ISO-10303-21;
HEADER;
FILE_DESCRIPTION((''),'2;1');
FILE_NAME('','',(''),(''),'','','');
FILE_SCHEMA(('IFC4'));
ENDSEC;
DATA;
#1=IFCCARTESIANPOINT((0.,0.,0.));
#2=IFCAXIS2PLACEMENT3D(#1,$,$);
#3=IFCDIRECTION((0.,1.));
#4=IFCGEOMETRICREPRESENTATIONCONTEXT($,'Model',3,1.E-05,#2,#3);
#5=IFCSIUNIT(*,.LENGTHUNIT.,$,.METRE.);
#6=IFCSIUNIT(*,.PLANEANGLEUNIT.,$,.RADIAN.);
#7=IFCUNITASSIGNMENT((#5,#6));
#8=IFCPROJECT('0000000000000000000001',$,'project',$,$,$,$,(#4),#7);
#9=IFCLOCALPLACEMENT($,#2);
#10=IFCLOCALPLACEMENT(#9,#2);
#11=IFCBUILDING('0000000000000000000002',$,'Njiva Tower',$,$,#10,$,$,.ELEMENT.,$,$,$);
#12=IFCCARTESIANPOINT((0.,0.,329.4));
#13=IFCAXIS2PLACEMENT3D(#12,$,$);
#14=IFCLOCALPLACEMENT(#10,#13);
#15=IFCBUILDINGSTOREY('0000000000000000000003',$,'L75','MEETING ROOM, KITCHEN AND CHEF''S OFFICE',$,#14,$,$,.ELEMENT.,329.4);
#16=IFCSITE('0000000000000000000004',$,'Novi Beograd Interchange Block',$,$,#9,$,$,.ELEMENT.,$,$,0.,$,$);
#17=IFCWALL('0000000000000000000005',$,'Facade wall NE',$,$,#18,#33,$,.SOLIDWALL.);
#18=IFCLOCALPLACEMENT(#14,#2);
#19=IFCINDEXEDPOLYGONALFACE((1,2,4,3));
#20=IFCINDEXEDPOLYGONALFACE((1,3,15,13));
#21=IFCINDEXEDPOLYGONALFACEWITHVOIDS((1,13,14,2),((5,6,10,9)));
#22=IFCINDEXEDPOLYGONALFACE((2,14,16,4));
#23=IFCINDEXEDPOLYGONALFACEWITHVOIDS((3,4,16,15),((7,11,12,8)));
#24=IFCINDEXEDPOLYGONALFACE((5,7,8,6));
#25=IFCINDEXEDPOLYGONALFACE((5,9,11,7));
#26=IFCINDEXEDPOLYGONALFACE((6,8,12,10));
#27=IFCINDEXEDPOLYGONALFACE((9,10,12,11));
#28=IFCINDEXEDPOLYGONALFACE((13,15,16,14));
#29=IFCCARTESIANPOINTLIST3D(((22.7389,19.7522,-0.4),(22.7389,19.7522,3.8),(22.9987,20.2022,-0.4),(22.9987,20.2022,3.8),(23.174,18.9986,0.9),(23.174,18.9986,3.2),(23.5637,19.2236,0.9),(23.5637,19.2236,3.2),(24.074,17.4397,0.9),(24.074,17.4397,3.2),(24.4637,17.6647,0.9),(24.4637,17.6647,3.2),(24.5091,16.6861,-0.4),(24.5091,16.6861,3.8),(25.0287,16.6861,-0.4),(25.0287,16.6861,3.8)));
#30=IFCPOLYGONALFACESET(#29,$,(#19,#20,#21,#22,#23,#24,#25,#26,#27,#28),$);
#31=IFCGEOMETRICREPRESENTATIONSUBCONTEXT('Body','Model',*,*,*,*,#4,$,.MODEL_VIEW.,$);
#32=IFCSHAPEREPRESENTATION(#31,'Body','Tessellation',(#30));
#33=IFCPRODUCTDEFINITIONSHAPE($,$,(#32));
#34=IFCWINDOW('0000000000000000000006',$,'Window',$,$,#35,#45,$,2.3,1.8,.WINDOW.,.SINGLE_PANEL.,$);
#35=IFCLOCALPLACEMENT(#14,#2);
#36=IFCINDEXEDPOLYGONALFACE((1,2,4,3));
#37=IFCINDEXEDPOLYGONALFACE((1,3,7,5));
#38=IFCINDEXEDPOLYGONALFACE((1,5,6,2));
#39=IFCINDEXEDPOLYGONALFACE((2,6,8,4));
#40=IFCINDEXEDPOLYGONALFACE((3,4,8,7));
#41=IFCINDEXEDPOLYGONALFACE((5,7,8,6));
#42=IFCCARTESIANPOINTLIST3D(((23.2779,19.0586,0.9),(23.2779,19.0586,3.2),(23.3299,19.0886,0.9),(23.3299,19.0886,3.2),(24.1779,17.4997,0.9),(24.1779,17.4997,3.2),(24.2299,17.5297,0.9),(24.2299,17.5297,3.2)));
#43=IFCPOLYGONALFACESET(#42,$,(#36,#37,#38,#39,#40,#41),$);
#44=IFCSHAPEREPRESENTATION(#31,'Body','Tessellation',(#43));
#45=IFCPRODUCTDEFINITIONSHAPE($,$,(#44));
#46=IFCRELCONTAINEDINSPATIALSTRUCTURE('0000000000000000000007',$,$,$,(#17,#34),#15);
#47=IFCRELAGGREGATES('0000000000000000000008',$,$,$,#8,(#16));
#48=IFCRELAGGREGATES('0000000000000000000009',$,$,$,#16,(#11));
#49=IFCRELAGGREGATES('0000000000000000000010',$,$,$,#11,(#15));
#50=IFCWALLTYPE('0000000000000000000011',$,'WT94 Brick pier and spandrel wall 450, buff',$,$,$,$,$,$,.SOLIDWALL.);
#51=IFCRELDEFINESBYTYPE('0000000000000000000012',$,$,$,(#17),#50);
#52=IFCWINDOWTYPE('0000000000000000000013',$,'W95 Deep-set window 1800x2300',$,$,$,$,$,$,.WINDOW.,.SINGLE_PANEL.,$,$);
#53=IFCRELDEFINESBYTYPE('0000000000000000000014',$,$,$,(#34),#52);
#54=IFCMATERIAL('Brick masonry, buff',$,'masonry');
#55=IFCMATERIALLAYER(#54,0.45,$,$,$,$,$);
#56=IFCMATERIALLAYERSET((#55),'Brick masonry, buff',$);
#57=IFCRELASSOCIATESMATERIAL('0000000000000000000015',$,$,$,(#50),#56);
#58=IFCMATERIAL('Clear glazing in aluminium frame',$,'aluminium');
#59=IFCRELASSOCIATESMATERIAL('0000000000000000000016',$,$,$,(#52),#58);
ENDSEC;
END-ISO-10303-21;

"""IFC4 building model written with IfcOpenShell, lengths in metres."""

from ifc_helpers import new_model, si_unit, direction, frame, frame_2d, origin, place, context, subcontext, project, spatial, polyline, rectangle, outline, extrude, material, layer, layer_set, type_object, element, fill, save


model = new_model("IFC4")

# Units and contexts
model_context = context("Model", 3, precision=1e-05, world=origin(), true_north=direction((0.0, 1.0)))
body_context = subcontext(model_context, "Body", "Model", "MODEL_VIEW")
ifc_project = project(units=[si_unit("LENGTHUNIT", "METRE"), si_unit("PLANEANGLEUNIT", "RADIAN")], contexts=[model_context])

# Site, building, storey
site_placement = place(None, origin())
site = spatial("IfcSite", under=ifc_project, at=site_placement, Name="Novi Beograd Interchange Block", CompositionType="ELEMENT", RefElevation=0.0)
building_placement = place(site_placement, origin())
building = spatial("IfcBuilding", under=site, at=building_placement, Name="Njiva Tower", CompositionType="ELEMENT")
storey_placement = place(building_placement, frame((0.0, 0.0, 329.4)))
storey = spatial("IfcBuildingStorey", under=building, at=storey_placement, Name="L75", Description="MEETING ROOM, KITCHEN AND CHEF'S OFFICE", CompositionType="ELEMENT", Elevation=329.4)

# Shared definitions
ifc_material_1 = material(Name="Clear glazing in aluminium frame", Category="aluminium")

# Wall, opening, window
ifc_material_2 = material(Name="Brick masonry, buff", Category="masonry")
ifc_layer_1 = layer(ifc_material_2, 0.45)
ifc_layer_set_1 = layer_set([ifc_layer_1], Name="Brick masonry, buff")
wall_type_1 = type_object("IfcWallType", Name="WT94 Brick pier and spandrel wall 450, buff", PredefinedType="SOLIDWALL", material=ifc_layer_set_1)
wall_1_placement = place(storey_placement, frame((24.7689, 16.6861, -0.4), z_axis=(0.0, 0.0, 1.0), x_axis=(-0.499997, 0.866027, 0.0)))
wall_1 = element("IfcWall", 1, at=wall_1_placement, inside=storey, type_object=wall_type_1, Name="Facade wall NE", PredefinedType="SOLIDWALL", context=body_context, shape_type="SweptSolid", body=[
    extrude(outline(polyline([(-0.1299, -0.225), (3.9301, -0.225), (3.6703, 0.225), (0.1299, 0.225), (-0.1299, -0.225)])), origin(), (0.0, 0.0, 1.0), 4.2),
])
opening_1_placement = place(wall_1_placement, frame((1.0001, 0.0, 1.3)))
opening_1 = element("IfcOpeningElement", 2, at=opening_1_placement, cuts=wall_1, PredefinedType="OPENING", context=body_context, shape_type="SweptSolid", body=[
    extrude(rectangle(XDim=1.8, YDim=2.3, at=frame_2d((0.9, 1.15))), frame((0.0, 0.235, 0.0), z_axis=(0.0, -1.0, 0.0), x_axis=(1.0, 0.0, 0.0)), (0.0, 0.0, 1.0), 0.47),
])
window_type_1 = type_object("IfcWindowType", Name="W95 Deep-set window 1800x2300", PartitioningType="SINGLE_PANEL", PredefinedType="WINDOW", material=ifc_material_1)
window_1_placement = place(opening_1_placement, origin())
window_1 = element("IfcWindow", 3, at=window_1_placement, inside=storey, type_object=window_type_1, Name="Window", OverallHeight=2.3, OverallWidth=1.8, PartitioningType="SINGLE_PANEL", PredefinedType="WINDOW", context=body_context, shape_type="SweptSolid", body=[
    extrude(rectangle(XDim=1.8, YDim=2.3, at=frame_2d((0.9, 1.15))), frame((0.0, 0.105, 0.0), z_axis=(0.0, -1.0, 0.0), x_axis=(1.0, 0.0, 0.0)), (0.0, 0.0, 1.0), 0.06),
])
fill(opening_1, window_1)

save(model, "model.ifc")
